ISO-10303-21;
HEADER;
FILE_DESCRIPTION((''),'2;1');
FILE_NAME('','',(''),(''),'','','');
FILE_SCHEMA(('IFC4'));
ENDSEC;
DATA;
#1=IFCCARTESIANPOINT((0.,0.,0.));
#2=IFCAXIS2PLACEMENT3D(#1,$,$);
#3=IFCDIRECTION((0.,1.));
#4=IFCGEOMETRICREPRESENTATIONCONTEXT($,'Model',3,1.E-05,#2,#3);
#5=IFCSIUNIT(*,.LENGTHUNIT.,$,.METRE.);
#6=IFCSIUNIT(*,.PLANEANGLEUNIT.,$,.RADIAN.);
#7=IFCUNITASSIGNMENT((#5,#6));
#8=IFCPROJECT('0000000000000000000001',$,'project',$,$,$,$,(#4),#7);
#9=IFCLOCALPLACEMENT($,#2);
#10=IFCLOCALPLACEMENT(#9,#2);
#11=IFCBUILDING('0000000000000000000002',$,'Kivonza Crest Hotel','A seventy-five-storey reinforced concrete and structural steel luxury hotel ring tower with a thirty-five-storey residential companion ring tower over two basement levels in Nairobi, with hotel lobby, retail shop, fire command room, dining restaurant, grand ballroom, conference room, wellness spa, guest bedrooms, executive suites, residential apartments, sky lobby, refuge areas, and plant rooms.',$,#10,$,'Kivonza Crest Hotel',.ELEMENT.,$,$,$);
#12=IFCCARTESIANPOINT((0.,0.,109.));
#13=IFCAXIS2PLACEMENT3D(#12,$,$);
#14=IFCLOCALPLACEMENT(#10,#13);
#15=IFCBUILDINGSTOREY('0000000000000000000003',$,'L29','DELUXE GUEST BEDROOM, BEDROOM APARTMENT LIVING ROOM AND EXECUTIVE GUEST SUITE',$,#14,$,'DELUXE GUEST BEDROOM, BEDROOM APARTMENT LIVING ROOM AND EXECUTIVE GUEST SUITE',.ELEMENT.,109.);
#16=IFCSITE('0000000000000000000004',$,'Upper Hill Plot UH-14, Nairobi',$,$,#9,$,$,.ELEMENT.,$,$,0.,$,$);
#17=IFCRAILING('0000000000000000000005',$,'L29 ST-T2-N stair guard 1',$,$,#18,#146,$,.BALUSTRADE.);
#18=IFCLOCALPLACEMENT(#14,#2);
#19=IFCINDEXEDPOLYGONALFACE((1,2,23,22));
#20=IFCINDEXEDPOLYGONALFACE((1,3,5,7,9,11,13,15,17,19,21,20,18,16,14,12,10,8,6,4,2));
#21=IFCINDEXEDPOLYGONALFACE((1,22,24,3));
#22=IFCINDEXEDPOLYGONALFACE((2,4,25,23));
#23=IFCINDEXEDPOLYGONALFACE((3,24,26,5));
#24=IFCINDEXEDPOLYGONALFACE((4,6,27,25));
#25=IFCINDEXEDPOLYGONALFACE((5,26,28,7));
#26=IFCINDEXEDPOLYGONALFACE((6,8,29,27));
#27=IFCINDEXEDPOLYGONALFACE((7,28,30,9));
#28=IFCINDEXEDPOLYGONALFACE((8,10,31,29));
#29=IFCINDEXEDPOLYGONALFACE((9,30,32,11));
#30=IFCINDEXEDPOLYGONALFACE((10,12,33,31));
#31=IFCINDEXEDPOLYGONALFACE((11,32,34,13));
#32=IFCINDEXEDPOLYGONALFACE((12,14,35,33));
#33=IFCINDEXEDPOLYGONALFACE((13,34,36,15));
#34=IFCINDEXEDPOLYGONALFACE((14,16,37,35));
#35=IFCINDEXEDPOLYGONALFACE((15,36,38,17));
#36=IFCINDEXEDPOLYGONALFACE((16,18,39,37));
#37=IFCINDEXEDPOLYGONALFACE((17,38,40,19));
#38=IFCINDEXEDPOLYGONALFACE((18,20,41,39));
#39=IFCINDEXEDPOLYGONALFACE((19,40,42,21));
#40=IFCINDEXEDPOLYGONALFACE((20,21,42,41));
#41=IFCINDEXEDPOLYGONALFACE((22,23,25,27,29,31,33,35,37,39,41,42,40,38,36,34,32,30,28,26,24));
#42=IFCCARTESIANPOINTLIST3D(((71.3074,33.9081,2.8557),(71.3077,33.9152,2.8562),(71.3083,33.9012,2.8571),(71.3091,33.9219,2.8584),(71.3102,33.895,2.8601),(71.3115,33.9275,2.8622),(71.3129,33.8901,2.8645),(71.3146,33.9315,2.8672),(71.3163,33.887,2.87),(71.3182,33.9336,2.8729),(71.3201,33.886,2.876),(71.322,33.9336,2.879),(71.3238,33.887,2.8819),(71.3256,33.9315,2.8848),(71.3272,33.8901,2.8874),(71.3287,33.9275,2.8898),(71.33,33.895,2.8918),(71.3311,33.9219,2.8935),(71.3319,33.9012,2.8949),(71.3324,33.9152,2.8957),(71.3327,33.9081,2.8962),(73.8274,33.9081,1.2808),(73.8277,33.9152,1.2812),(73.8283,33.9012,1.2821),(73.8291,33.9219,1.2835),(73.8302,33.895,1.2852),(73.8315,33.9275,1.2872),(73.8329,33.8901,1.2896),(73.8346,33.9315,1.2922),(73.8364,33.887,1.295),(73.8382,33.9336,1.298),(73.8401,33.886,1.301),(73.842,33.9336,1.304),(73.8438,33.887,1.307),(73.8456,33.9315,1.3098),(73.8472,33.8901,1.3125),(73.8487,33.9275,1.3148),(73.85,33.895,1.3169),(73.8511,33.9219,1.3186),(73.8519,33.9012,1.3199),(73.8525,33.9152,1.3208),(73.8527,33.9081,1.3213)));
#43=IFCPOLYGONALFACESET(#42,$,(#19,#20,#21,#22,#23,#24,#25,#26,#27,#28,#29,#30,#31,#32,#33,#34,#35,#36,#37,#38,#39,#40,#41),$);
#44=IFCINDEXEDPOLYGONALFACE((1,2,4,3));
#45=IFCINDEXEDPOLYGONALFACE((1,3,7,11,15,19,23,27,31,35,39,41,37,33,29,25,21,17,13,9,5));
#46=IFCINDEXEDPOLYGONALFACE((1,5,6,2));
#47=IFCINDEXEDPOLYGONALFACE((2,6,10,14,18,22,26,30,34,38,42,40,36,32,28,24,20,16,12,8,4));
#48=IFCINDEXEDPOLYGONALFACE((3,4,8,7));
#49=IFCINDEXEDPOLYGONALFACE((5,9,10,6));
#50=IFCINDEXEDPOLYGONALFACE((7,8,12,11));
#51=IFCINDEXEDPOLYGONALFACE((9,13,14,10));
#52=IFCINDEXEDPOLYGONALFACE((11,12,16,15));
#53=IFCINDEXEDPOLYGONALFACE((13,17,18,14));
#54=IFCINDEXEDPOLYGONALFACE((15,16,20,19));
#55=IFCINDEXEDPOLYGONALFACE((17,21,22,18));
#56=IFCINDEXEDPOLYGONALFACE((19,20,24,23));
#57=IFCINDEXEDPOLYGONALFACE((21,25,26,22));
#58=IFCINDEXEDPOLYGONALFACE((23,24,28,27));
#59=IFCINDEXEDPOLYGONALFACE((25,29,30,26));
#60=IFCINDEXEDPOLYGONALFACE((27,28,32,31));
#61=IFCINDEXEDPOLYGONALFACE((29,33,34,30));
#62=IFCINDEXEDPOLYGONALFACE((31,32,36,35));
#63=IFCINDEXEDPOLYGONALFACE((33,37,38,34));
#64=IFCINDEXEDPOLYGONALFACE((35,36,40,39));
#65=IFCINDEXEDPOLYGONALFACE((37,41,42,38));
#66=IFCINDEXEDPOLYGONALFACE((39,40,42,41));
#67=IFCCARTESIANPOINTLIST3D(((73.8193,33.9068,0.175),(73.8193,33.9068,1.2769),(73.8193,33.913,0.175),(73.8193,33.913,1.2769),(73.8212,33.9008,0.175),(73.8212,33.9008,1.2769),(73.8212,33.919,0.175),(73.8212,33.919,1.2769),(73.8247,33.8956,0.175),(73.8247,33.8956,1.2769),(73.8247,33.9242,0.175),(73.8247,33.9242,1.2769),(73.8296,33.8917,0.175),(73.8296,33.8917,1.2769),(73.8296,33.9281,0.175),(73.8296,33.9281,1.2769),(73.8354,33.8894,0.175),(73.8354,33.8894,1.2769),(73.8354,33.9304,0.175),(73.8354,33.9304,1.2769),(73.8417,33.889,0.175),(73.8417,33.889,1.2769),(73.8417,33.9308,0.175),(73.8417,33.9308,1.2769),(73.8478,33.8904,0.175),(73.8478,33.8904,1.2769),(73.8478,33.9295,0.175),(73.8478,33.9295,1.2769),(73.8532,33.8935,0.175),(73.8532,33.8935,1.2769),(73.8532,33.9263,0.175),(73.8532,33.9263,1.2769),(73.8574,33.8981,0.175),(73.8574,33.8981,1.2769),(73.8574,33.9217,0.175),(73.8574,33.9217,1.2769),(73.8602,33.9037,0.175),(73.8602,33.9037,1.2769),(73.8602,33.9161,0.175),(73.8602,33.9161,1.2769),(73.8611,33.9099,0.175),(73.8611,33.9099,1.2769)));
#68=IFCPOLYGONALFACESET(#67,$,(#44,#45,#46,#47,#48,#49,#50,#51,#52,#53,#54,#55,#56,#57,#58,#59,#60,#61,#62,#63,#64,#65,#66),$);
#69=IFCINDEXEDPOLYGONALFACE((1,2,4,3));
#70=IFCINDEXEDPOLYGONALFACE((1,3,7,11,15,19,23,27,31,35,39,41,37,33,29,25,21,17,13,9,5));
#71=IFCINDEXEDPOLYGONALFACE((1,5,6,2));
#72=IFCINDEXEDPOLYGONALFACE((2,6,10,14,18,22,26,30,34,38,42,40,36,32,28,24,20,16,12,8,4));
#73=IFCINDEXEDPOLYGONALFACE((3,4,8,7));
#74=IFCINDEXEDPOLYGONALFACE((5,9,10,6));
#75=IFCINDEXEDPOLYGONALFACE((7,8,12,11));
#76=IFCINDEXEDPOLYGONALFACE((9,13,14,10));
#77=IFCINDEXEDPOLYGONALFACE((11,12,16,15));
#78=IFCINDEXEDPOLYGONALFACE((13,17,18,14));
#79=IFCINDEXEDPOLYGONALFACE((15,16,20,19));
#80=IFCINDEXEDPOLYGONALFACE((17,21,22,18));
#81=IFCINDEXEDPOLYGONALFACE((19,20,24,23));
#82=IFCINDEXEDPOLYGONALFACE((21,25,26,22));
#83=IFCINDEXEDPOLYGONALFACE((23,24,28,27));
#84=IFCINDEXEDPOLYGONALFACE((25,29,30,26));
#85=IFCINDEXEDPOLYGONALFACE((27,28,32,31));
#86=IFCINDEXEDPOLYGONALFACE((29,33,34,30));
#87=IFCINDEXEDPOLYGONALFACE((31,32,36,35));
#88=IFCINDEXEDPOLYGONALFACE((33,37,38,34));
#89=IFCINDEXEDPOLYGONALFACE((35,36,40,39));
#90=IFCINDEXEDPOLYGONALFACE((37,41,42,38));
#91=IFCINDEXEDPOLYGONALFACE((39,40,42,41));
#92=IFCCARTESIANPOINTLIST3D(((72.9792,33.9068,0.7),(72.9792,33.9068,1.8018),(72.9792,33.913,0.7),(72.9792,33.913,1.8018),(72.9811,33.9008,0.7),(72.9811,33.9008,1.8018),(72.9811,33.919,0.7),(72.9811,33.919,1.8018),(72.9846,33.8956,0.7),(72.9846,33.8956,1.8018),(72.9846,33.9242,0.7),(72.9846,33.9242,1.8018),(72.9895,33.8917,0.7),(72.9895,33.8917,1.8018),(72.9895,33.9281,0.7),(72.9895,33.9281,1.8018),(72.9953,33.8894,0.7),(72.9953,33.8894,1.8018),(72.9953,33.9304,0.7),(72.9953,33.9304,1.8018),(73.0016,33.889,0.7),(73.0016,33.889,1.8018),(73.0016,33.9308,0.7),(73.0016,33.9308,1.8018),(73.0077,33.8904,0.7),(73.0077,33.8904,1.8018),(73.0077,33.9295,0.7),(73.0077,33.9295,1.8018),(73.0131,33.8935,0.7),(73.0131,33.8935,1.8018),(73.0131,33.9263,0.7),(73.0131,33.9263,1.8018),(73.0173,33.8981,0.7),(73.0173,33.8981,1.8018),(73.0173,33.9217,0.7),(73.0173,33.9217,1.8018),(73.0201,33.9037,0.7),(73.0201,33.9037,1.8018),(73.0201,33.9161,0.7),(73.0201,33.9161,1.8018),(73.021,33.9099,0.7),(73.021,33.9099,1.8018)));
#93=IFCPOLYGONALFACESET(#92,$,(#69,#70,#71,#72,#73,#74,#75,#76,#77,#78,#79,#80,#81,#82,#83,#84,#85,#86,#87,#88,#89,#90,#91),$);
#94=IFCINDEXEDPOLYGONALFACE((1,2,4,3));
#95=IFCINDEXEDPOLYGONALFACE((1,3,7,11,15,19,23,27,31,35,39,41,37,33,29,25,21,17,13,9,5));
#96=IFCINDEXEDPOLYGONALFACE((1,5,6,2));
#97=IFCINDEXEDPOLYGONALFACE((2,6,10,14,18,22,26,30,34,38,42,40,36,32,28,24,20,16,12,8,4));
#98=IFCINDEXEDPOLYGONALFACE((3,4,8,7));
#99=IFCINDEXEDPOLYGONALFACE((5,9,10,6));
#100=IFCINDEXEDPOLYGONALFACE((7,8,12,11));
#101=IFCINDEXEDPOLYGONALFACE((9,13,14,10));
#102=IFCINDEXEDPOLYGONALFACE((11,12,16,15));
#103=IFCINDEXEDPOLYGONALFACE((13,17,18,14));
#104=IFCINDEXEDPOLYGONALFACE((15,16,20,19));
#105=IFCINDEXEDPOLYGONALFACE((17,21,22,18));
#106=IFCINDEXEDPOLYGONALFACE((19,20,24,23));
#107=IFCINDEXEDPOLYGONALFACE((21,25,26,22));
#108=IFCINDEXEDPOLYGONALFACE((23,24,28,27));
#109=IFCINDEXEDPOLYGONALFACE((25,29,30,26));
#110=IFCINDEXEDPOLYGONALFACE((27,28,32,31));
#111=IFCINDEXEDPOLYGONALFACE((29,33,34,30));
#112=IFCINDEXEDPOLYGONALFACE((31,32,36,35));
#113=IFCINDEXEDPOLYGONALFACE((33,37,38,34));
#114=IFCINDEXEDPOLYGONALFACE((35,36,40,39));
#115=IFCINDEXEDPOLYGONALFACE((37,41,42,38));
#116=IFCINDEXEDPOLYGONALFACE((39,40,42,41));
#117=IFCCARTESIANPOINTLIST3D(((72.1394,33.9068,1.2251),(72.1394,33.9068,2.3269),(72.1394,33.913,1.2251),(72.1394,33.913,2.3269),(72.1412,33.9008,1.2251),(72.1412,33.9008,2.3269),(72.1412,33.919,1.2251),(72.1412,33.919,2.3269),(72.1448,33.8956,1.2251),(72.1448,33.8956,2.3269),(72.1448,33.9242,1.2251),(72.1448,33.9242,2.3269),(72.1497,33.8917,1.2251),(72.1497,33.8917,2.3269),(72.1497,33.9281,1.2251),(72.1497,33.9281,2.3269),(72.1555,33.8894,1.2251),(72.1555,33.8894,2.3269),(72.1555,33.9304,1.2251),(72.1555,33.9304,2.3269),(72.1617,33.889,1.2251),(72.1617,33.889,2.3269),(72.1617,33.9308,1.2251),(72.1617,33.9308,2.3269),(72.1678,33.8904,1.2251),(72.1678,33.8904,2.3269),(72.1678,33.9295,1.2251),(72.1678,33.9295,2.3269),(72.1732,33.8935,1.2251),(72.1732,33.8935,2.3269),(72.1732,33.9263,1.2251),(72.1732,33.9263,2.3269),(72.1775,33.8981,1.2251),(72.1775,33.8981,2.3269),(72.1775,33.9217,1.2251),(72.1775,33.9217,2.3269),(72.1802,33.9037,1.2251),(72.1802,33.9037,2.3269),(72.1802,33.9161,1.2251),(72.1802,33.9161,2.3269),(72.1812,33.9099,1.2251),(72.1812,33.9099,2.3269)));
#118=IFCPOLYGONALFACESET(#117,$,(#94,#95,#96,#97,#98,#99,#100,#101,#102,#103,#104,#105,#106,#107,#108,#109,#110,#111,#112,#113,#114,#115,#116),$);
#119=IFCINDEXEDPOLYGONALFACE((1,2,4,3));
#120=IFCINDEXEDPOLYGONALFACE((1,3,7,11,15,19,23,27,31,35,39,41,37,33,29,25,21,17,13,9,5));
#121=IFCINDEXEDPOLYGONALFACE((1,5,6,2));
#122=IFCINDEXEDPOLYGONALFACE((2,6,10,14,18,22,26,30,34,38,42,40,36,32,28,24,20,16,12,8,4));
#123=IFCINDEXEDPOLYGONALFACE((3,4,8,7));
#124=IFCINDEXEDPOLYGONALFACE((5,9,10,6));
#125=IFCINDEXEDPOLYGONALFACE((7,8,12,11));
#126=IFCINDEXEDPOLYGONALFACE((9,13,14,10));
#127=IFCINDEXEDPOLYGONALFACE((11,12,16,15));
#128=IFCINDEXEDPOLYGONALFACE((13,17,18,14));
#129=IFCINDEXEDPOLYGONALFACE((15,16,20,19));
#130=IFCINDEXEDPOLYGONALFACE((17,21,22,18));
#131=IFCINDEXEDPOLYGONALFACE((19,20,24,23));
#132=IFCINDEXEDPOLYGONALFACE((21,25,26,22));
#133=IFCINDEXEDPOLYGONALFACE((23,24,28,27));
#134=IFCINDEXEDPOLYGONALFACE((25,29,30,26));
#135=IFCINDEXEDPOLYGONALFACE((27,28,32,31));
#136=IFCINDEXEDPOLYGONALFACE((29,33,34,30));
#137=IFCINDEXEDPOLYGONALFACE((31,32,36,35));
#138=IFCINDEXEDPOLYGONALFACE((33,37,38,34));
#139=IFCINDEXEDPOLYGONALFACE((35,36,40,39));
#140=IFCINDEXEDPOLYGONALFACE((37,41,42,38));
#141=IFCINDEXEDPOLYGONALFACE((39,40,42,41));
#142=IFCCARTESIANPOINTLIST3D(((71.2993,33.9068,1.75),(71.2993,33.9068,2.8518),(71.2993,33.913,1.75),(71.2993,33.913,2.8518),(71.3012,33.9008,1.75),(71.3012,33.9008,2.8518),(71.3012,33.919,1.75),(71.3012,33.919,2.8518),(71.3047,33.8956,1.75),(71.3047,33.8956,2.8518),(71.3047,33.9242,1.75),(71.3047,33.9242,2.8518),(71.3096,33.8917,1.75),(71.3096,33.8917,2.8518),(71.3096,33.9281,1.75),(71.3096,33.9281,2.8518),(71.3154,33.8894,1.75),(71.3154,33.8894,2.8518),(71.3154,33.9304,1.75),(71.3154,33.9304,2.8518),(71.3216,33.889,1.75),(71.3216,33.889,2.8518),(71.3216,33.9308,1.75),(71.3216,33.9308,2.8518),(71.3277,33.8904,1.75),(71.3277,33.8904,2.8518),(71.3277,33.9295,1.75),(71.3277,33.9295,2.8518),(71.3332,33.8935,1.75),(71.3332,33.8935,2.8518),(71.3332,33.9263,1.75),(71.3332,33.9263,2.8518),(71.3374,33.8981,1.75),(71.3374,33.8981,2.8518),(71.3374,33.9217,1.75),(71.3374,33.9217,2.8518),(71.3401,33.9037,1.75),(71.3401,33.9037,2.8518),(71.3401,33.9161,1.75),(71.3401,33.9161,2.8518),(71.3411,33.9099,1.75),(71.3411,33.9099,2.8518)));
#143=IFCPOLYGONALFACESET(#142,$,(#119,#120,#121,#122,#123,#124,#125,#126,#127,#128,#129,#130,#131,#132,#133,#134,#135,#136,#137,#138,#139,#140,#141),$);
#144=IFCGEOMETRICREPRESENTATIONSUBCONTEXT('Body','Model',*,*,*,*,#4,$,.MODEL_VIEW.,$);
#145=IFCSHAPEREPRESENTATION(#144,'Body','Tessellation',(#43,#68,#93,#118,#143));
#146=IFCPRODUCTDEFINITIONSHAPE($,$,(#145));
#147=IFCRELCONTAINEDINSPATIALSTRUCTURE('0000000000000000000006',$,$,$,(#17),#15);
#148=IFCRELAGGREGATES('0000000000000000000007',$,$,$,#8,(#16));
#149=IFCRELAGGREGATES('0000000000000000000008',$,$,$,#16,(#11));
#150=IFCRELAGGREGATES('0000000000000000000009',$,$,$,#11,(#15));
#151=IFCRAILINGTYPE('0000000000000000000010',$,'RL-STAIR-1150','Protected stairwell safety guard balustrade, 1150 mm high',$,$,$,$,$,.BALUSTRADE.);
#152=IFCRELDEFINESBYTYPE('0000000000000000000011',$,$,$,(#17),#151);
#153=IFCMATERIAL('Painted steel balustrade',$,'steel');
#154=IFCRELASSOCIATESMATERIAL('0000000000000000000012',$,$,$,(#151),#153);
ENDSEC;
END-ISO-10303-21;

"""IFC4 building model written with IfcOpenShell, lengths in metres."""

from ifc_helpers import new_model, si_unit, direction, frame, origin, origin_2d, place, context, subcontext, project, spatial, circle, extrude, material, type_object, element, save


model = new_model("IFC4")

# Units and contexts
model_context = context("Model", 3, precision=1e-05, world=origin(), true_north=direction((0.0, 1.0)))
body_context = subcontext(model_context, "Body", "Model", "MODEL_VIEW")
ifc_project = project(units=[si_unit("LENGTHUNIT", "METRE"), si_unit("PLANEANGLEUNIT", "RADIAN")], contexts=[model_context])

# Site, building, storey
site_placement = place(None, origin())
site = spatial("IfcSite", under=ifc_project, at=site_placement, Name="Upper Hill Plot UH-14, Nairobi", CompositionType="ELEMENT", RefElevation=0.0)
building_placement = place(site_placement, origin())
building = spatial("IfcBuilding", under=site, at=building_placement, Name="Kivonza Crest Hotel", Description="A seventy-five-storey reinforced concrete and structural steel luxury hotel ring tower with a thirty-five-storey residential companion ring tower over two basement levels in Nairobi, with hotel lobby, retail shop, fire command room, dining restaurant, grand ballroom, conference room, wellness spa, guest bedrooms, executive suites, residential apartments, sky lobby, refuge areas, and plant rooms.", LongName="Kivonza Crest Hotel", CompositionType="ELEMENT")
storey_placement = place(building_placement, frame((0.0, 0.0, 109.0)))
storey = spatial("IfcBuildingStorey", under=building, at=storey_placement, Name="L29", Description="DELUXE GUEST BEDROOM, BEDROOM APARTMENT LIVING ROOM AND EXECUTIVE GUEST SUITE", LongName="DELUXE GUEST BEDROOM, BEDROOM APARTMENT LIVING ROOM AND EXECUTIVE GUEST SUITE", CompositionType="ELEMENT", Elevation=109.0)

# Railing
ifc_material_1 = material(Name="Painted steel balustrade", Category="steel")
railing_type_1 = type_object("IfcRailingType", Name="RL-STAIR-1150", Description="Protected stairwell safety guard balustrade, 1150 mm high", PredefinedType="BALUSTRADE", material=ifc_material_1)
railing_1_placement = place(storey_placement, frame((73.8401, 33.9099, 0.175)))
element("IfcRailing", 1, at=railing_1_placement, inside=storey, type_object=railing_type_1, Name="L29 ST-T2-N stair guard 1", PredefinedType="BALUSTRADE", context=body_context, shape_type="SweptSolid", body=[
    extrude(circle(Radius=0.0239, at=origin_2d()), frame((0.0, 0.0, 1.126), z_axis=(-0.848008, 0.0, 0.529984), x_axis=(0.0, -1.0, 0.0)), (0.0, 0.0, 1.0), 2.9717),
    extrude(circle(Radius=0.021, at=origin_2d()), origin(), (0.0, 0.0, 1.0), 1.1018),
    extrude(circle(Radius=0.021, at=origin_2d()), frame((-0.8401, 0.0, 0.5249)), (0.0, 0.0, 1.0), 1.1018),
    extrude(circle(Radius=0.021, at=origin_2d()), frame((-1.6799, 0.0, 1.05)), (0.0, 0.0, 1.0), 1.1018),
    extrude(circle(Radius=0.021, at=origin_2d()), frame((-2.52, 0.0, 1.575)), (0.0, 0.0, 1.0), 1.1018),
])

save(model, "model.ifc")
